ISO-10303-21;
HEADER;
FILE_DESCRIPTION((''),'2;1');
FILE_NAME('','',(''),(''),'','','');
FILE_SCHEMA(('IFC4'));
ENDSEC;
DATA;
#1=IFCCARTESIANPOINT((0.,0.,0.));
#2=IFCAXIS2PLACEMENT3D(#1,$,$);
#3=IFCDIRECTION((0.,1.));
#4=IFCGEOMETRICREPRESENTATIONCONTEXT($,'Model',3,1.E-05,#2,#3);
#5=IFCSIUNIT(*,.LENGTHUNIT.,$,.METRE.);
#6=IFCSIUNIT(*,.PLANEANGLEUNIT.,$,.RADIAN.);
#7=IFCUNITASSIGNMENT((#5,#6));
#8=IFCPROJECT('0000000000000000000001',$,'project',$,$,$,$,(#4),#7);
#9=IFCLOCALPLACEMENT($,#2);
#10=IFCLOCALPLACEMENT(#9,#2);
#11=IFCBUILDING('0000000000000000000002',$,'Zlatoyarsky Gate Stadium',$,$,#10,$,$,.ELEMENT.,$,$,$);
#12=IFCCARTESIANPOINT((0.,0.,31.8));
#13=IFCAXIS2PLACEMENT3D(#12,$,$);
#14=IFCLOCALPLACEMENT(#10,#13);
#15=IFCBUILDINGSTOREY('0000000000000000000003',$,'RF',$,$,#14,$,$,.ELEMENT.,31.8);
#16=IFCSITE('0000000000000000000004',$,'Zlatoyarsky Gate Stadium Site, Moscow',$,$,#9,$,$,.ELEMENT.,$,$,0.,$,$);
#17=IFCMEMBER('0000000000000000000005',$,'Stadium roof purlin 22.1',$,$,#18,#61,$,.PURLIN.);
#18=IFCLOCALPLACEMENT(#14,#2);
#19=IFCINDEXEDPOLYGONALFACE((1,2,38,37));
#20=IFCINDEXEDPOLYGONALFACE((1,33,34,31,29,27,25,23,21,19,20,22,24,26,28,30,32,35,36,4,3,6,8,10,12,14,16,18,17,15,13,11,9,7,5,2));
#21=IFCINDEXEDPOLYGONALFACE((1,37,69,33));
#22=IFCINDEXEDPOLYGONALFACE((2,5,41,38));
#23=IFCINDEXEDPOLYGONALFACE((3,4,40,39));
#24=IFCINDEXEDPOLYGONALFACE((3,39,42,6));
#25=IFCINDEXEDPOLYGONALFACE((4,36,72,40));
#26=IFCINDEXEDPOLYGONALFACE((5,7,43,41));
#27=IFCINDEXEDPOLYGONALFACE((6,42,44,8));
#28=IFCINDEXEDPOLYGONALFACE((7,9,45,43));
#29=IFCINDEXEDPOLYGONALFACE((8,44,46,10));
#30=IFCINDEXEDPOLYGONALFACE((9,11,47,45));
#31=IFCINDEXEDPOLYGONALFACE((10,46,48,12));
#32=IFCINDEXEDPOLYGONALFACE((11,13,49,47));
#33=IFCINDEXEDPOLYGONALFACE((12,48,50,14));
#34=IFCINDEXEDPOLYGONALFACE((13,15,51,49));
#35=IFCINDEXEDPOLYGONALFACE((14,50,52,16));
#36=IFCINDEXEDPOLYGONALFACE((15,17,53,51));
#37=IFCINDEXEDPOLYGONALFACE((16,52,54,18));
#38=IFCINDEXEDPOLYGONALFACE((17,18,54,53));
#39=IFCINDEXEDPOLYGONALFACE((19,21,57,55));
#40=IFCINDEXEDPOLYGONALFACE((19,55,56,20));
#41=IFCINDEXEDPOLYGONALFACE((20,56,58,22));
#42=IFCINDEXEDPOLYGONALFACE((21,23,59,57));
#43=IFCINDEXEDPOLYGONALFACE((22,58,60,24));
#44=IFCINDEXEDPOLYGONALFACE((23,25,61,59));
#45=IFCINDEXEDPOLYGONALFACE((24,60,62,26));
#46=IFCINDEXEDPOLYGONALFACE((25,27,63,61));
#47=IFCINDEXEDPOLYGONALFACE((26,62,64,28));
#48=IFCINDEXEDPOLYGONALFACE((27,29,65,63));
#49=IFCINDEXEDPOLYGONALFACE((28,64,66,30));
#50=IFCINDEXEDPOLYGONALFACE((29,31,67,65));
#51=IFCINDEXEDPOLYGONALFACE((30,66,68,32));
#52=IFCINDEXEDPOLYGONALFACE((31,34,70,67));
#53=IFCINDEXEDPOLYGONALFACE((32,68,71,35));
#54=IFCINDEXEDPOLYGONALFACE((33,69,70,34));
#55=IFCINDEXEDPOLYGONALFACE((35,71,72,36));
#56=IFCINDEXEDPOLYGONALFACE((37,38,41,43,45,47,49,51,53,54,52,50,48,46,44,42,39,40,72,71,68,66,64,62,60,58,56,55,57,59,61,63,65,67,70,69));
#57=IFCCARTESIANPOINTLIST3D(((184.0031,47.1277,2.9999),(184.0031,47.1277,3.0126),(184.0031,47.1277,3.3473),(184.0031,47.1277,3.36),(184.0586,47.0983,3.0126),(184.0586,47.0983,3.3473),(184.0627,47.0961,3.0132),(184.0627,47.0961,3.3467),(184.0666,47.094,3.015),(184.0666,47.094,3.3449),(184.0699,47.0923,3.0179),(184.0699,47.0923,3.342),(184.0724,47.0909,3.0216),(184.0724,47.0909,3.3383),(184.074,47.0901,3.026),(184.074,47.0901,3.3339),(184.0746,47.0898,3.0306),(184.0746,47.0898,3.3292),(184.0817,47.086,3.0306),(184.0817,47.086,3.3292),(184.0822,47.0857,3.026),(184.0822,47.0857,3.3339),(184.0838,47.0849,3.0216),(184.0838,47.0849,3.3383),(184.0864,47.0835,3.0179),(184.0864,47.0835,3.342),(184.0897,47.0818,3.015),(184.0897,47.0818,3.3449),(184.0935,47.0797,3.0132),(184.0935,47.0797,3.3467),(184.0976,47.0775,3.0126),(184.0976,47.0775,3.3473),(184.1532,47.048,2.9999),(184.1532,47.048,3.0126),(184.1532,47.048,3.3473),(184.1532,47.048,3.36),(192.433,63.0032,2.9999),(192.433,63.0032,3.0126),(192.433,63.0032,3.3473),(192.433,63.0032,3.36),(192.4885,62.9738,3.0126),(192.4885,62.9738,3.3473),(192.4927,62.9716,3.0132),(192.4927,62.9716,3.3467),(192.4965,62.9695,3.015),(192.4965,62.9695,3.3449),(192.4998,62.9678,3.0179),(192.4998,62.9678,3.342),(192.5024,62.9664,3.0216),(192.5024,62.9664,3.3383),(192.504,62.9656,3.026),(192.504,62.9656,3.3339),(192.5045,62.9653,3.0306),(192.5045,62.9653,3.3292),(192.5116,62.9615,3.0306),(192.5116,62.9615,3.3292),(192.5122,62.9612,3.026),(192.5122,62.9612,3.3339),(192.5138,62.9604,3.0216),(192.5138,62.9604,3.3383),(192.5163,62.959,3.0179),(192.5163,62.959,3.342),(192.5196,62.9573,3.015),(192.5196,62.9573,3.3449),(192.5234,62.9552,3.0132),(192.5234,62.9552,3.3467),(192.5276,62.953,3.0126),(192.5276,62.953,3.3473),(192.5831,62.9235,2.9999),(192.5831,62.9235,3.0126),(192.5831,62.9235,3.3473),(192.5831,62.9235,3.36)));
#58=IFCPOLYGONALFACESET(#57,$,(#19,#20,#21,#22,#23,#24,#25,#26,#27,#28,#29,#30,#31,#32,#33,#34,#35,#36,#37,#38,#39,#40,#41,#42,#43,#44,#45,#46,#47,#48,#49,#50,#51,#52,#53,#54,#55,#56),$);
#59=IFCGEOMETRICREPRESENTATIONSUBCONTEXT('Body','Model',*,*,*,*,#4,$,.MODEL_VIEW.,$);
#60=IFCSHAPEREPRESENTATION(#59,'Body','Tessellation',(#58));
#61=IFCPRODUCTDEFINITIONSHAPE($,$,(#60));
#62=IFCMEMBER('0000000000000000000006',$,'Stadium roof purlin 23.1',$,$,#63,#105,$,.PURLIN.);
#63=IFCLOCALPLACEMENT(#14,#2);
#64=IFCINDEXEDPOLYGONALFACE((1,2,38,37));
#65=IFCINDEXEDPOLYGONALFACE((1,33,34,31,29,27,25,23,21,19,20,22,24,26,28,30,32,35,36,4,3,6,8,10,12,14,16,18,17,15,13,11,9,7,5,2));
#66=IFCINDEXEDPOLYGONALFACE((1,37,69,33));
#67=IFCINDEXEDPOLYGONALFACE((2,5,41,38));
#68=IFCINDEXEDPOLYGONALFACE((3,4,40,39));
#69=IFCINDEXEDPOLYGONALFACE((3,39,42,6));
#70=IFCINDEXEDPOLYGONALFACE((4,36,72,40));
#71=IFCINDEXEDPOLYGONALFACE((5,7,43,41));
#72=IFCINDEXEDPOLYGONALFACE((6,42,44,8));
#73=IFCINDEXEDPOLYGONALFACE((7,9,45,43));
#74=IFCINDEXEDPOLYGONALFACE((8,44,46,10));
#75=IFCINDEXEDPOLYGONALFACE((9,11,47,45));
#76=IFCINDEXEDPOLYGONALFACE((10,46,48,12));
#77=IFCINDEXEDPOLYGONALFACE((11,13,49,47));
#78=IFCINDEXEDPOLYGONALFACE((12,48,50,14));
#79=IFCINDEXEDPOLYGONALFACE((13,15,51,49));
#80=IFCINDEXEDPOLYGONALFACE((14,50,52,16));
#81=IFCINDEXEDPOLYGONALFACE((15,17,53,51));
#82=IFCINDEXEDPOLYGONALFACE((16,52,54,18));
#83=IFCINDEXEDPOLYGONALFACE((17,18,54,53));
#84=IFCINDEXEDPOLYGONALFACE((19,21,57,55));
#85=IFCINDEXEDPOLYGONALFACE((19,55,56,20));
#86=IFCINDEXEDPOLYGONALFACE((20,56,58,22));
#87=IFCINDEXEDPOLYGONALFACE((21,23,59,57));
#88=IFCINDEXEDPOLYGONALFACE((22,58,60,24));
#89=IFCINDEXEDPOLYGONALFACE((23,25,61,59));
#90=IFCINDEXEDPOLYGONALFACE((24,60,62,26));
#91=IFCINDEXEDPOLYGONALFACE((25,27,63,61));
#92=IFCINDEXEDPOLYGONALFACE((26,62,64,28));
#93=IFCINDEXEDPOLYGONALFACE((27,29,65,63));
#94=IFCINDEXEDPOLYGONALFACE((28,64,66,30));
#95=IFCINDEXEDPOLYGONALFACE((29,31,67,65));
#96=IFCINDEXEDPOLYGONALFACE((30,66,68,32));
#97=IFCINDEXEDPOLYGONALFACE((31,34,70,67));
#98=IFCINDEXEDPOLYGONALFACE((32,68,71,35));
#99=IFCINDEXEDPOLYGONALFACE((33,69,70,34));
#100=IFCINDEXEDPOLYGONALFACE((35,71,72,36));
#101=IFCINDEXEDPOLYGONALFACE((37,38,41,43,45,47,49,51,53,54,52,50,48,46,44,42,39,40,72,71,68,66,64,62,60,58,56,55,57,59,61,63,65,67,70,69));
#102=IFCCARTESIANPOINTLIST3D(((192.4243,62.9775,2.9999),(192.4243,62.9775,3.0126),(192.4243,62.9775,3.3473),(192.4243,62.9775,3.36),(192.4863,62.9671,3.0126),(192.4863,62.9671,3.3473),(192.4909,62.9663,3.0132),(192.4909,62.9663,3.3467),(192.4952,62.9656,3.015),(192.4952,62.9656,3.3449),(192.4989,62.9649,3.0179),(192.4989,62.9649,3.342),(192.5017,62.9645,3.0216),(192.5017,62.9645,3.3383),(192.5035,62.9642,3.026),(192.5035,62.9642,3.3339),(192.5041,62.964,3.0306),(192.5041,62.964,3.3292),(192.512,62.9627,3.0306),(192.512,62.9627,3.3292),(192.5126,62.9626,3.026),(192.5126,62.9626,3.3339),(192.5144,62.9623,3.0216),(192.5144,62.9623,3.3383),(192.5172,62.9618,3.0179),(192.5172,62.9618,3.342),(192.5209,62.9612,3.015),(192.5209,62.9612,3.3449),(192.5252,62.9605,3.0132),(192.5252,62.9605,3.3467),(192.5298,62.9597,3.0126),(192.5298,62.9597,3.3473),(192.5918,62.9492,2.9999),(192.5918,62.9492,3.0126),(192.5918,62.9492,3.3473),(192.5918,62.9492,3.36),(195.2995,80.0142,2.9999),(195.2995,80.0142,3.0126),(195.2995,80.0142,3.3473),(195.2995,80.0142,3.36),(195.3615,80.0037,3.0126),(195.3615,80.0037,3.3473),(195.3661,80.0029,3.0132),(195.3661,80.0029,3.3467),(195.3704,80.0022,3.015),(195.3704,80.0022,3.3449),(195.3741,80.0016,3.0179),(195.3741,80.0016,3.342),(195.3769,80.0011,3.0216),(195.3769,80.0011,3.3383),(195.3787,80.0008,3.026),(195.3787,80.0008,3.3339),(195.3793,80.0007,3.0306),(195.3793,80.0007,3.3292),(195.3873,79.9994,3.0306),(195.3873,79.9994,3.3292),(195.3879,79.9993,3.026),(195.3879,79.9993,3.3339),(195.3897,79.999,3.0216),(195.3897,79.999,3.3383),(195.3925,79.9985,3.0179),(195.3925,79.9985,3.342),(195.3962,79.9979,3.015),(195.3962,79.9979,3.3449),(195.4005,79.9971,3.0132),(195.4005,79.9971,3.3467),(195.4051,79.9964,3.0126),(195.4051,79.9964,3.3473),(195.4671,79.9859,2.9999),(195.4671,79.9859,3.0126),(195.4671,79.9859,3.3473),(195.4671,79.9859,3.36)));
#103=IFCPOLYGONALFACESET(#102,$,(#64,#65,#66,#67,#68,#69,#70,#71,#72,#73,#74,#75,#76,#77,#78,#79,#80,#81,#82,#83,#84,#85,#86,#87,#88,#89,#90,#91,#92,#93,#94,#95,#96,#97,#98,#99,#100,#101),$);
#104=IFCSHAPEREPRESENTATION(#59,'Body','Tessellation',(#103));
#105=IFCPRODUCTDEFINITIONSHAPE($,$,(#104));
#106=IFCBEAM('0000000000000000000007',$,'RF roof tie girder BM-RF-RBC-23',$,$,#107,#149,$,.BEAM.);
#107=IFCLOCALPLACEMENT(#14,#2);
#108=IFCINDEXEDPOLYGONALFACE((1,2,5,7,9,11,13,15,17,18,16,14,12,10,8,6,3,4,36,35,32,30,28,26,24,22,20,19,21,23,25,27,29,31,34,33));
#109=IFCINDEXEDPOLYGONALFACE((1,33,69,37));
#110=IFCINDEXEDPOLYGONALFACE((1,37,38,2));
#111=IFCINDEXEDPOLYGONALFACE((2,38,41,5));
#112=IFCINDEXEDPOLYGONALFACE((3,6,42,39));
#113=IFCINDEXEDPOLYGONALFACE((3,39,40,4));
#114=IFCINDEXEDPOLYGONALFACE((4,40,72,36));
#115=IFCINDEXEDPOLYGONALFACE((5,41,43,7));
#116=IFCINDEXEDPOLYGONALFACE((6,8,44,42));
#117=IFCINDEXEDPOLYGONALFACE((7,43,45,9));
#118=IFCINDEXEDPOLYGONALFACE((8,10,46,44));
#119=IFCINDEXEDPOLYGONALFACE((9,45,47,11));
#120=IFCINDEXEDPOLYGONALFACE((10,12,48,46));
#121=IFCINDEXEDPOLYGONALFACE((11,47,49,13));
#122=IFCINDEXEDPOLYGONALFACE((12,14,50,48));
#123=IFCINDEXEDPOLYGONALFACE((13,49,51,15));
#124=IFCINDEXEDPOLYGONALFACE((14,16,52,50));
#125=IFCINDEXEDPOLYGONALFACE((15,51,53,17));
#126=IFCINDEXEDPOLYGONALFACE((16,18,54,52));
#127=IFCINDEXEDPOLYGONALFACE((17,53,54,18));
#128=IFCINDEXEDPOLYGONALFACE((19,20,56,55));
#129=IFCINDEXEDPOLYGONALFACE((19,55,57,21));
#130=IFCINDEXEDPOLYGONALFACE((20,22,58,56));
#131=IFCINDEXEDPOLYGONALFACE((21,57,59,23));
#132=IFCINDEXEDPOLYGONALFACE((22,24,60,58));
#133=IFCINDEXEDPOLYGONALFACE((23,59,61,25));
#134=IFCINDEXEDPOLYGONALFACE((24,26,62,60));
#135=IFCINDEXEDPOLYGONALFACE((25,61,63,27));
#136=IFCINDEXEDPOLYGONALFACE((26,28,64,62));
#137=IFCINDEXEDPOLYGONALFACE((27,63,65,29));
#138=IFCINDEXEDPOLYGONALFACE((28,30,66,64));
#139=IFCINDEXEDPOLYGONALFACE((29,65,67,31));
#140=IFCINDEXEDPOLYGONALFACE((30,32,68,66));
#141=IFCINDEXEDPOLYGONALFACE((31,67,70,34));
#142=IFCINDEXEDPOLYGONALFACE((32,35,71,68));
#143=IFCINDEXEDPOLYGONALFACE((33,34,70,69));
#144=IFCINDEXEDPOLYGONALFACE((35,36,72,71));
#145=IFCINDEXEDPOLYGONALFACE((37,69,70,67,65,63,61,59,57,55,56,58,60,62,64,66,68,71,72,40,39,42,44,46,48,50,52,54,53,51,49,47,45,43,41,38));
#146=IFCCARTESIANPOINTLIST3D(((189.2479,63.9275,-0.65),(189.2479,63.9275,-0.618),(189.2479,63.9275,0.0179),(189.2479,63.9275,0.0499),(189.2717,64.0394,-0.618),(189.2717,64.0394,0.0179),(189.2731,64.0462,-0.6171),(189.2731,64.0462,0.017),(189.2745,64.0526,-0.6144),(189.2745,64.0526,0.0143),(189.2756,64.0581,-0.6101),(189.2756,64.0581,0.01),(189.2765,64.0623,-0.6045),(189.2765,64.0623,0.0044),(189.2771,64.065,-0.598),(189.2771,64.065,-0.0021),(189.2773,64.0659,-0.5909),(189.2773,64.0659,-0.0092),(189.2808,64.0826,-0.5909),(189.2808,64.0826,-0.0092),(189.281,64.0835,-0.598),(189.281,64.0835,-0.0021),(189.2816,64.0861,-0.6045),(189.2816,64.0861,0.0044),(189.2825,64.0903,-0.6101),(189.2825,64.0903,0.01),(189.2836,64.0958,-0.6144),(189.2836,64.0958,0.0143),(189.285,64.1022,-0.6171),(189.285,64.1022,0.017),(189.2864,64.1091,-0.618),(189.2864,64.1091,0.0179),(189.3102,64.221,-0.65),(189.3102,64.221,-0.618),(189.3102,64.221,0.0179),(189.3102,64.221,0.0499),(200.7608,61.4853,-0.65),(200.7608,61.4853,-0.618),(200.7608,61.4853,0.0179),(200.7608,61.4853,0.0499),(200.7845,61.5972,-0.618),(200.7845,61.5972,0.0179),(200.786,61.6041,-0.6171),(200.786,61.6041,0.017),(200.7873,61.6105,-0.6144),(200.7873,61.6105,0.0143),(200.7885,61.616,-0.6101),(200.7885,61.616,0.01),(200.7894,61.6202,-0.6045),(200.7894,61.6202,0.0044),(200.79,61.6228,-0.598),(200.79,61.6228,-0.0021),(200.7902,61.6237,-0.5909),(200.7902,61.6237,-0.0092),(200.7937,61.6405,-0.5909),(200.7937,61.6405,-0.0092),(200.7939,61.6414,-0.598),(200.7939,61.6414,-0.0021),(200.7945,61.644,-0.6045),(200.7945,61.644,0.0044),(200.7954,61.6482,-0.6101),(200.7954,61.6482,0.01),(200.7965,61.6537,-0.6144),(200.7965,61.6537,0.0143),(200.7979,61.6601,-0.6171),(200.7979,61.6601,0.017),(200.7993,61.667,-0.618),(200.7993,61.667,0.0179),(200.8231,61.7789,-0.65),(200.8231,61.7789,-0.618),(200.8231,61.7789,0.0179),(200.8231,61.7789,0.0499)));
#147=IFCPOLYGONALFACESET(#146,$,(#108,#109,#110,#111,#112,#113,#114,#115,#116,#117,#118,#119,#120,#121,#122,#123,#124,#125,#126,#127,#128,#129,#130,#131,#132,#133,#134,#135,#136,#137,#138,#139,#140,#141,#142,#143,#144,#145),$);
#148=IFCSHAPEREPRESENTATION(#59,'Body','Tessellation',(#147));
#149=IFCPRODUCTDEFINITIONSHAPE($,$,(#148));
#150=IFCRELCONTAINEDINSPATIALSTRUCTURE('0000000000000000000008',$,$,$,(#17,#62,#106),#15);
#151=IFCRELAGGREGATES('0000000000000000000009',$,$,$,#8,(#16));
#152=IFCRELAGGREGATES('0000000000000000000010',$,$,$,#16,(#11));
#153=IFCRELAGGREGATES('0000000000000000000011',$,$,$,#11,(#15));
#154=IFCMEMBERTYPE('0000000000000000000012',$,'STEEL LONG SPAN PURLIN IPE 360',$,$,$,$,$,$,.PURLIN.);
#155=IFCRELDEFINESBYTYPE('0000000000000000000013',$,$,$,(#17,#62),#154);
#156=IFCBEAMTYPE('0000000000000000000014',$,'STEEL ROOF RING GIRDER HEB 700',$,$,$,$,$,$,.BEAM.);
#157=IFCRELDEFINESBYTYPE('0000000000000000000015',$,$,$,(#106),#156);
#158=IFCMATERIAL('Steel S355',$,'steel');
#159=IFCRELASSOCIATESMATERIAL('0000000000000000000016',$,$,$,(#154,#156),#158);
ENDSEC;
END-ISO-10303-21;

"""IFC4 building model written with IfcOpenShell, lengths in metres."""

from ifc_helpers import new_model, si_unit, direction, frame, origin, origin_2d, place, context, subcontext, project, spatial, i_section, extrude, material, material_profile, profile_set, type_object, element, save


model = new_model("IFC4")

# Units and contexts
model_context = context("Model", 3, precision=1e-05, world=origin(), true_north=direction((0.0, 1.0)))
body_context = subcontext(model_context, "Body", "Model", "MODEL_VIEW")
ifc_project = project(units=[si_unit("LENGTHUNIT", "METRE"), si_unit("PLANEANGLEUNIT", "RADIAN")], contexts=[model_context])

# Site, building, storey
site_placement = place(None, origin())
site = spatial("IfcSite", under=ifc_project, at=site_placement, Name="Zlatoyarsky Gate Stadium Site, Moscow", CompositionType="ELEMENT", RefElevation=0.0)
building_placement = place(site_placement, origin())
building = spatial("IfcBuilding", under=site, at=building_placement, Name="Zlatoyarsky Gate Stadium", CompositionType="ELEMENT")
storey_placement = place(building_placement, frame((0.0, 0.0, 31.8)))
storey = spatial("IfcBuildingStorey", under=building, at=storey_placement, Name="RF", CompositionType="ELEMENT", Elevation=31.8)

# Members
ifc_material_1 = material(Name="Steel S355", Category="steel")
ifc_material_profile_1 = material_profile(ifc_material_1, i_section(OverallWidth=0.1699, OverallDepth=0.3601, WebThickness=0.0081, FlangeThickness=0.0127, FilletRadius=0.0181, at=origin_2d()), Name="IPE 360")
ifc_profile_set_1 = profile_set([ifc_material_profile_1], Name="Steel S355")
member_type_1 = type_object("IfcMemberType", Name="STEEL LONG SPAN PURLIN IPE 360", PredefinedType="PURLIN", material=ifc_profile_set_1)
member_1_placement = place(storey_placement, frame((184.0781, 47.0879, 3.1799), z_axis=(0.468985, 0.883206, 0.0), x_axis=(-0.883206, 0.468985, 0.0)))
element("IfcMember", 1, at=member_1_placement, inside=storey, type_object=member_type_1, Name="Stadium roof purlin 22.1", PredefinedType="PURLIN", context=body_context, shape_type="SweptSolid", body=[
    extrude(i_section(OverallWidth=0.1699, OverallDepth=0.3601, WebThickness=0.0081, FlangeThickness=0.0127, FilletRadius=0.0181, at=origin_2d()), origin(), (0.0, 0.0, 1.0), 17.9749),
])
member_2_placement = place(storey_placement, frame((192.5081, 62.9634, 3.1799), z_axis=(0.166415, 0.986056, 0.0), x_axis=(-0.986056, 0.166415, 0.0)))
element("IfcMember", 2, at=member_2_placement, inside=storey, type_object=member_type_1, Name="Stadium roof purlin 23.1", PredefinedType="PURLIN", context=body_context, shape_type="SweptSolid", body=[
    extrude(i_section(OverallWidth=0.1699, OverallDepth=0.3601, WebThickness=0.0081, FlangeThickness=0.0127, FilletRadius=0.0181, at=origin_2d()), origin(), (0.0, 0.0, 1.0), 17.2776),
])

# Beam
ifc_material_profile_2 = material_profile(ifc_material_1, i_section(OverallWidth=0.3, OverallDepth=0.7, WebThickness=0.0171, FlangeThickness=0.032, FilletRadius=0.0271, at=origin_2d()), Name="HEB 700")
ifc_profile_set_2 = profile_set([ifc_material_profile_2], Name="Steel S355")
beam_type = type_object("IfcBeamType", Name="STEEL ROOF RING GIRDER HEB 700", PredefinedType="BEAM", material=ifc_profile_set_2)
beam_placement = place(storey_placement, frame((189.2791, 64.0742, -0.3), z_axis=(0.978234, -0.207504, 0.0), x_axis=(0.207504, 0.978234, 0.0)))
element("IfcBeam", 3, at=beam_placement, inside=storey, type_object=beam_type, Name="RF roof tie girder BM-RF-RBC-23", PredefinedType="BEAM", context=body_context, shape_type="SweptSolid", body=[
    extrude(i_section(OverallWidth=0.3, OverallDepth=0.7, WebThickness=0.0171, FlangeThickness=0.032, FilletRadius=0.0271, at=origin_2d()), origin(), (0.0, 0.0, 1.0), 11.769),
])

save(model, "model.ifc")
